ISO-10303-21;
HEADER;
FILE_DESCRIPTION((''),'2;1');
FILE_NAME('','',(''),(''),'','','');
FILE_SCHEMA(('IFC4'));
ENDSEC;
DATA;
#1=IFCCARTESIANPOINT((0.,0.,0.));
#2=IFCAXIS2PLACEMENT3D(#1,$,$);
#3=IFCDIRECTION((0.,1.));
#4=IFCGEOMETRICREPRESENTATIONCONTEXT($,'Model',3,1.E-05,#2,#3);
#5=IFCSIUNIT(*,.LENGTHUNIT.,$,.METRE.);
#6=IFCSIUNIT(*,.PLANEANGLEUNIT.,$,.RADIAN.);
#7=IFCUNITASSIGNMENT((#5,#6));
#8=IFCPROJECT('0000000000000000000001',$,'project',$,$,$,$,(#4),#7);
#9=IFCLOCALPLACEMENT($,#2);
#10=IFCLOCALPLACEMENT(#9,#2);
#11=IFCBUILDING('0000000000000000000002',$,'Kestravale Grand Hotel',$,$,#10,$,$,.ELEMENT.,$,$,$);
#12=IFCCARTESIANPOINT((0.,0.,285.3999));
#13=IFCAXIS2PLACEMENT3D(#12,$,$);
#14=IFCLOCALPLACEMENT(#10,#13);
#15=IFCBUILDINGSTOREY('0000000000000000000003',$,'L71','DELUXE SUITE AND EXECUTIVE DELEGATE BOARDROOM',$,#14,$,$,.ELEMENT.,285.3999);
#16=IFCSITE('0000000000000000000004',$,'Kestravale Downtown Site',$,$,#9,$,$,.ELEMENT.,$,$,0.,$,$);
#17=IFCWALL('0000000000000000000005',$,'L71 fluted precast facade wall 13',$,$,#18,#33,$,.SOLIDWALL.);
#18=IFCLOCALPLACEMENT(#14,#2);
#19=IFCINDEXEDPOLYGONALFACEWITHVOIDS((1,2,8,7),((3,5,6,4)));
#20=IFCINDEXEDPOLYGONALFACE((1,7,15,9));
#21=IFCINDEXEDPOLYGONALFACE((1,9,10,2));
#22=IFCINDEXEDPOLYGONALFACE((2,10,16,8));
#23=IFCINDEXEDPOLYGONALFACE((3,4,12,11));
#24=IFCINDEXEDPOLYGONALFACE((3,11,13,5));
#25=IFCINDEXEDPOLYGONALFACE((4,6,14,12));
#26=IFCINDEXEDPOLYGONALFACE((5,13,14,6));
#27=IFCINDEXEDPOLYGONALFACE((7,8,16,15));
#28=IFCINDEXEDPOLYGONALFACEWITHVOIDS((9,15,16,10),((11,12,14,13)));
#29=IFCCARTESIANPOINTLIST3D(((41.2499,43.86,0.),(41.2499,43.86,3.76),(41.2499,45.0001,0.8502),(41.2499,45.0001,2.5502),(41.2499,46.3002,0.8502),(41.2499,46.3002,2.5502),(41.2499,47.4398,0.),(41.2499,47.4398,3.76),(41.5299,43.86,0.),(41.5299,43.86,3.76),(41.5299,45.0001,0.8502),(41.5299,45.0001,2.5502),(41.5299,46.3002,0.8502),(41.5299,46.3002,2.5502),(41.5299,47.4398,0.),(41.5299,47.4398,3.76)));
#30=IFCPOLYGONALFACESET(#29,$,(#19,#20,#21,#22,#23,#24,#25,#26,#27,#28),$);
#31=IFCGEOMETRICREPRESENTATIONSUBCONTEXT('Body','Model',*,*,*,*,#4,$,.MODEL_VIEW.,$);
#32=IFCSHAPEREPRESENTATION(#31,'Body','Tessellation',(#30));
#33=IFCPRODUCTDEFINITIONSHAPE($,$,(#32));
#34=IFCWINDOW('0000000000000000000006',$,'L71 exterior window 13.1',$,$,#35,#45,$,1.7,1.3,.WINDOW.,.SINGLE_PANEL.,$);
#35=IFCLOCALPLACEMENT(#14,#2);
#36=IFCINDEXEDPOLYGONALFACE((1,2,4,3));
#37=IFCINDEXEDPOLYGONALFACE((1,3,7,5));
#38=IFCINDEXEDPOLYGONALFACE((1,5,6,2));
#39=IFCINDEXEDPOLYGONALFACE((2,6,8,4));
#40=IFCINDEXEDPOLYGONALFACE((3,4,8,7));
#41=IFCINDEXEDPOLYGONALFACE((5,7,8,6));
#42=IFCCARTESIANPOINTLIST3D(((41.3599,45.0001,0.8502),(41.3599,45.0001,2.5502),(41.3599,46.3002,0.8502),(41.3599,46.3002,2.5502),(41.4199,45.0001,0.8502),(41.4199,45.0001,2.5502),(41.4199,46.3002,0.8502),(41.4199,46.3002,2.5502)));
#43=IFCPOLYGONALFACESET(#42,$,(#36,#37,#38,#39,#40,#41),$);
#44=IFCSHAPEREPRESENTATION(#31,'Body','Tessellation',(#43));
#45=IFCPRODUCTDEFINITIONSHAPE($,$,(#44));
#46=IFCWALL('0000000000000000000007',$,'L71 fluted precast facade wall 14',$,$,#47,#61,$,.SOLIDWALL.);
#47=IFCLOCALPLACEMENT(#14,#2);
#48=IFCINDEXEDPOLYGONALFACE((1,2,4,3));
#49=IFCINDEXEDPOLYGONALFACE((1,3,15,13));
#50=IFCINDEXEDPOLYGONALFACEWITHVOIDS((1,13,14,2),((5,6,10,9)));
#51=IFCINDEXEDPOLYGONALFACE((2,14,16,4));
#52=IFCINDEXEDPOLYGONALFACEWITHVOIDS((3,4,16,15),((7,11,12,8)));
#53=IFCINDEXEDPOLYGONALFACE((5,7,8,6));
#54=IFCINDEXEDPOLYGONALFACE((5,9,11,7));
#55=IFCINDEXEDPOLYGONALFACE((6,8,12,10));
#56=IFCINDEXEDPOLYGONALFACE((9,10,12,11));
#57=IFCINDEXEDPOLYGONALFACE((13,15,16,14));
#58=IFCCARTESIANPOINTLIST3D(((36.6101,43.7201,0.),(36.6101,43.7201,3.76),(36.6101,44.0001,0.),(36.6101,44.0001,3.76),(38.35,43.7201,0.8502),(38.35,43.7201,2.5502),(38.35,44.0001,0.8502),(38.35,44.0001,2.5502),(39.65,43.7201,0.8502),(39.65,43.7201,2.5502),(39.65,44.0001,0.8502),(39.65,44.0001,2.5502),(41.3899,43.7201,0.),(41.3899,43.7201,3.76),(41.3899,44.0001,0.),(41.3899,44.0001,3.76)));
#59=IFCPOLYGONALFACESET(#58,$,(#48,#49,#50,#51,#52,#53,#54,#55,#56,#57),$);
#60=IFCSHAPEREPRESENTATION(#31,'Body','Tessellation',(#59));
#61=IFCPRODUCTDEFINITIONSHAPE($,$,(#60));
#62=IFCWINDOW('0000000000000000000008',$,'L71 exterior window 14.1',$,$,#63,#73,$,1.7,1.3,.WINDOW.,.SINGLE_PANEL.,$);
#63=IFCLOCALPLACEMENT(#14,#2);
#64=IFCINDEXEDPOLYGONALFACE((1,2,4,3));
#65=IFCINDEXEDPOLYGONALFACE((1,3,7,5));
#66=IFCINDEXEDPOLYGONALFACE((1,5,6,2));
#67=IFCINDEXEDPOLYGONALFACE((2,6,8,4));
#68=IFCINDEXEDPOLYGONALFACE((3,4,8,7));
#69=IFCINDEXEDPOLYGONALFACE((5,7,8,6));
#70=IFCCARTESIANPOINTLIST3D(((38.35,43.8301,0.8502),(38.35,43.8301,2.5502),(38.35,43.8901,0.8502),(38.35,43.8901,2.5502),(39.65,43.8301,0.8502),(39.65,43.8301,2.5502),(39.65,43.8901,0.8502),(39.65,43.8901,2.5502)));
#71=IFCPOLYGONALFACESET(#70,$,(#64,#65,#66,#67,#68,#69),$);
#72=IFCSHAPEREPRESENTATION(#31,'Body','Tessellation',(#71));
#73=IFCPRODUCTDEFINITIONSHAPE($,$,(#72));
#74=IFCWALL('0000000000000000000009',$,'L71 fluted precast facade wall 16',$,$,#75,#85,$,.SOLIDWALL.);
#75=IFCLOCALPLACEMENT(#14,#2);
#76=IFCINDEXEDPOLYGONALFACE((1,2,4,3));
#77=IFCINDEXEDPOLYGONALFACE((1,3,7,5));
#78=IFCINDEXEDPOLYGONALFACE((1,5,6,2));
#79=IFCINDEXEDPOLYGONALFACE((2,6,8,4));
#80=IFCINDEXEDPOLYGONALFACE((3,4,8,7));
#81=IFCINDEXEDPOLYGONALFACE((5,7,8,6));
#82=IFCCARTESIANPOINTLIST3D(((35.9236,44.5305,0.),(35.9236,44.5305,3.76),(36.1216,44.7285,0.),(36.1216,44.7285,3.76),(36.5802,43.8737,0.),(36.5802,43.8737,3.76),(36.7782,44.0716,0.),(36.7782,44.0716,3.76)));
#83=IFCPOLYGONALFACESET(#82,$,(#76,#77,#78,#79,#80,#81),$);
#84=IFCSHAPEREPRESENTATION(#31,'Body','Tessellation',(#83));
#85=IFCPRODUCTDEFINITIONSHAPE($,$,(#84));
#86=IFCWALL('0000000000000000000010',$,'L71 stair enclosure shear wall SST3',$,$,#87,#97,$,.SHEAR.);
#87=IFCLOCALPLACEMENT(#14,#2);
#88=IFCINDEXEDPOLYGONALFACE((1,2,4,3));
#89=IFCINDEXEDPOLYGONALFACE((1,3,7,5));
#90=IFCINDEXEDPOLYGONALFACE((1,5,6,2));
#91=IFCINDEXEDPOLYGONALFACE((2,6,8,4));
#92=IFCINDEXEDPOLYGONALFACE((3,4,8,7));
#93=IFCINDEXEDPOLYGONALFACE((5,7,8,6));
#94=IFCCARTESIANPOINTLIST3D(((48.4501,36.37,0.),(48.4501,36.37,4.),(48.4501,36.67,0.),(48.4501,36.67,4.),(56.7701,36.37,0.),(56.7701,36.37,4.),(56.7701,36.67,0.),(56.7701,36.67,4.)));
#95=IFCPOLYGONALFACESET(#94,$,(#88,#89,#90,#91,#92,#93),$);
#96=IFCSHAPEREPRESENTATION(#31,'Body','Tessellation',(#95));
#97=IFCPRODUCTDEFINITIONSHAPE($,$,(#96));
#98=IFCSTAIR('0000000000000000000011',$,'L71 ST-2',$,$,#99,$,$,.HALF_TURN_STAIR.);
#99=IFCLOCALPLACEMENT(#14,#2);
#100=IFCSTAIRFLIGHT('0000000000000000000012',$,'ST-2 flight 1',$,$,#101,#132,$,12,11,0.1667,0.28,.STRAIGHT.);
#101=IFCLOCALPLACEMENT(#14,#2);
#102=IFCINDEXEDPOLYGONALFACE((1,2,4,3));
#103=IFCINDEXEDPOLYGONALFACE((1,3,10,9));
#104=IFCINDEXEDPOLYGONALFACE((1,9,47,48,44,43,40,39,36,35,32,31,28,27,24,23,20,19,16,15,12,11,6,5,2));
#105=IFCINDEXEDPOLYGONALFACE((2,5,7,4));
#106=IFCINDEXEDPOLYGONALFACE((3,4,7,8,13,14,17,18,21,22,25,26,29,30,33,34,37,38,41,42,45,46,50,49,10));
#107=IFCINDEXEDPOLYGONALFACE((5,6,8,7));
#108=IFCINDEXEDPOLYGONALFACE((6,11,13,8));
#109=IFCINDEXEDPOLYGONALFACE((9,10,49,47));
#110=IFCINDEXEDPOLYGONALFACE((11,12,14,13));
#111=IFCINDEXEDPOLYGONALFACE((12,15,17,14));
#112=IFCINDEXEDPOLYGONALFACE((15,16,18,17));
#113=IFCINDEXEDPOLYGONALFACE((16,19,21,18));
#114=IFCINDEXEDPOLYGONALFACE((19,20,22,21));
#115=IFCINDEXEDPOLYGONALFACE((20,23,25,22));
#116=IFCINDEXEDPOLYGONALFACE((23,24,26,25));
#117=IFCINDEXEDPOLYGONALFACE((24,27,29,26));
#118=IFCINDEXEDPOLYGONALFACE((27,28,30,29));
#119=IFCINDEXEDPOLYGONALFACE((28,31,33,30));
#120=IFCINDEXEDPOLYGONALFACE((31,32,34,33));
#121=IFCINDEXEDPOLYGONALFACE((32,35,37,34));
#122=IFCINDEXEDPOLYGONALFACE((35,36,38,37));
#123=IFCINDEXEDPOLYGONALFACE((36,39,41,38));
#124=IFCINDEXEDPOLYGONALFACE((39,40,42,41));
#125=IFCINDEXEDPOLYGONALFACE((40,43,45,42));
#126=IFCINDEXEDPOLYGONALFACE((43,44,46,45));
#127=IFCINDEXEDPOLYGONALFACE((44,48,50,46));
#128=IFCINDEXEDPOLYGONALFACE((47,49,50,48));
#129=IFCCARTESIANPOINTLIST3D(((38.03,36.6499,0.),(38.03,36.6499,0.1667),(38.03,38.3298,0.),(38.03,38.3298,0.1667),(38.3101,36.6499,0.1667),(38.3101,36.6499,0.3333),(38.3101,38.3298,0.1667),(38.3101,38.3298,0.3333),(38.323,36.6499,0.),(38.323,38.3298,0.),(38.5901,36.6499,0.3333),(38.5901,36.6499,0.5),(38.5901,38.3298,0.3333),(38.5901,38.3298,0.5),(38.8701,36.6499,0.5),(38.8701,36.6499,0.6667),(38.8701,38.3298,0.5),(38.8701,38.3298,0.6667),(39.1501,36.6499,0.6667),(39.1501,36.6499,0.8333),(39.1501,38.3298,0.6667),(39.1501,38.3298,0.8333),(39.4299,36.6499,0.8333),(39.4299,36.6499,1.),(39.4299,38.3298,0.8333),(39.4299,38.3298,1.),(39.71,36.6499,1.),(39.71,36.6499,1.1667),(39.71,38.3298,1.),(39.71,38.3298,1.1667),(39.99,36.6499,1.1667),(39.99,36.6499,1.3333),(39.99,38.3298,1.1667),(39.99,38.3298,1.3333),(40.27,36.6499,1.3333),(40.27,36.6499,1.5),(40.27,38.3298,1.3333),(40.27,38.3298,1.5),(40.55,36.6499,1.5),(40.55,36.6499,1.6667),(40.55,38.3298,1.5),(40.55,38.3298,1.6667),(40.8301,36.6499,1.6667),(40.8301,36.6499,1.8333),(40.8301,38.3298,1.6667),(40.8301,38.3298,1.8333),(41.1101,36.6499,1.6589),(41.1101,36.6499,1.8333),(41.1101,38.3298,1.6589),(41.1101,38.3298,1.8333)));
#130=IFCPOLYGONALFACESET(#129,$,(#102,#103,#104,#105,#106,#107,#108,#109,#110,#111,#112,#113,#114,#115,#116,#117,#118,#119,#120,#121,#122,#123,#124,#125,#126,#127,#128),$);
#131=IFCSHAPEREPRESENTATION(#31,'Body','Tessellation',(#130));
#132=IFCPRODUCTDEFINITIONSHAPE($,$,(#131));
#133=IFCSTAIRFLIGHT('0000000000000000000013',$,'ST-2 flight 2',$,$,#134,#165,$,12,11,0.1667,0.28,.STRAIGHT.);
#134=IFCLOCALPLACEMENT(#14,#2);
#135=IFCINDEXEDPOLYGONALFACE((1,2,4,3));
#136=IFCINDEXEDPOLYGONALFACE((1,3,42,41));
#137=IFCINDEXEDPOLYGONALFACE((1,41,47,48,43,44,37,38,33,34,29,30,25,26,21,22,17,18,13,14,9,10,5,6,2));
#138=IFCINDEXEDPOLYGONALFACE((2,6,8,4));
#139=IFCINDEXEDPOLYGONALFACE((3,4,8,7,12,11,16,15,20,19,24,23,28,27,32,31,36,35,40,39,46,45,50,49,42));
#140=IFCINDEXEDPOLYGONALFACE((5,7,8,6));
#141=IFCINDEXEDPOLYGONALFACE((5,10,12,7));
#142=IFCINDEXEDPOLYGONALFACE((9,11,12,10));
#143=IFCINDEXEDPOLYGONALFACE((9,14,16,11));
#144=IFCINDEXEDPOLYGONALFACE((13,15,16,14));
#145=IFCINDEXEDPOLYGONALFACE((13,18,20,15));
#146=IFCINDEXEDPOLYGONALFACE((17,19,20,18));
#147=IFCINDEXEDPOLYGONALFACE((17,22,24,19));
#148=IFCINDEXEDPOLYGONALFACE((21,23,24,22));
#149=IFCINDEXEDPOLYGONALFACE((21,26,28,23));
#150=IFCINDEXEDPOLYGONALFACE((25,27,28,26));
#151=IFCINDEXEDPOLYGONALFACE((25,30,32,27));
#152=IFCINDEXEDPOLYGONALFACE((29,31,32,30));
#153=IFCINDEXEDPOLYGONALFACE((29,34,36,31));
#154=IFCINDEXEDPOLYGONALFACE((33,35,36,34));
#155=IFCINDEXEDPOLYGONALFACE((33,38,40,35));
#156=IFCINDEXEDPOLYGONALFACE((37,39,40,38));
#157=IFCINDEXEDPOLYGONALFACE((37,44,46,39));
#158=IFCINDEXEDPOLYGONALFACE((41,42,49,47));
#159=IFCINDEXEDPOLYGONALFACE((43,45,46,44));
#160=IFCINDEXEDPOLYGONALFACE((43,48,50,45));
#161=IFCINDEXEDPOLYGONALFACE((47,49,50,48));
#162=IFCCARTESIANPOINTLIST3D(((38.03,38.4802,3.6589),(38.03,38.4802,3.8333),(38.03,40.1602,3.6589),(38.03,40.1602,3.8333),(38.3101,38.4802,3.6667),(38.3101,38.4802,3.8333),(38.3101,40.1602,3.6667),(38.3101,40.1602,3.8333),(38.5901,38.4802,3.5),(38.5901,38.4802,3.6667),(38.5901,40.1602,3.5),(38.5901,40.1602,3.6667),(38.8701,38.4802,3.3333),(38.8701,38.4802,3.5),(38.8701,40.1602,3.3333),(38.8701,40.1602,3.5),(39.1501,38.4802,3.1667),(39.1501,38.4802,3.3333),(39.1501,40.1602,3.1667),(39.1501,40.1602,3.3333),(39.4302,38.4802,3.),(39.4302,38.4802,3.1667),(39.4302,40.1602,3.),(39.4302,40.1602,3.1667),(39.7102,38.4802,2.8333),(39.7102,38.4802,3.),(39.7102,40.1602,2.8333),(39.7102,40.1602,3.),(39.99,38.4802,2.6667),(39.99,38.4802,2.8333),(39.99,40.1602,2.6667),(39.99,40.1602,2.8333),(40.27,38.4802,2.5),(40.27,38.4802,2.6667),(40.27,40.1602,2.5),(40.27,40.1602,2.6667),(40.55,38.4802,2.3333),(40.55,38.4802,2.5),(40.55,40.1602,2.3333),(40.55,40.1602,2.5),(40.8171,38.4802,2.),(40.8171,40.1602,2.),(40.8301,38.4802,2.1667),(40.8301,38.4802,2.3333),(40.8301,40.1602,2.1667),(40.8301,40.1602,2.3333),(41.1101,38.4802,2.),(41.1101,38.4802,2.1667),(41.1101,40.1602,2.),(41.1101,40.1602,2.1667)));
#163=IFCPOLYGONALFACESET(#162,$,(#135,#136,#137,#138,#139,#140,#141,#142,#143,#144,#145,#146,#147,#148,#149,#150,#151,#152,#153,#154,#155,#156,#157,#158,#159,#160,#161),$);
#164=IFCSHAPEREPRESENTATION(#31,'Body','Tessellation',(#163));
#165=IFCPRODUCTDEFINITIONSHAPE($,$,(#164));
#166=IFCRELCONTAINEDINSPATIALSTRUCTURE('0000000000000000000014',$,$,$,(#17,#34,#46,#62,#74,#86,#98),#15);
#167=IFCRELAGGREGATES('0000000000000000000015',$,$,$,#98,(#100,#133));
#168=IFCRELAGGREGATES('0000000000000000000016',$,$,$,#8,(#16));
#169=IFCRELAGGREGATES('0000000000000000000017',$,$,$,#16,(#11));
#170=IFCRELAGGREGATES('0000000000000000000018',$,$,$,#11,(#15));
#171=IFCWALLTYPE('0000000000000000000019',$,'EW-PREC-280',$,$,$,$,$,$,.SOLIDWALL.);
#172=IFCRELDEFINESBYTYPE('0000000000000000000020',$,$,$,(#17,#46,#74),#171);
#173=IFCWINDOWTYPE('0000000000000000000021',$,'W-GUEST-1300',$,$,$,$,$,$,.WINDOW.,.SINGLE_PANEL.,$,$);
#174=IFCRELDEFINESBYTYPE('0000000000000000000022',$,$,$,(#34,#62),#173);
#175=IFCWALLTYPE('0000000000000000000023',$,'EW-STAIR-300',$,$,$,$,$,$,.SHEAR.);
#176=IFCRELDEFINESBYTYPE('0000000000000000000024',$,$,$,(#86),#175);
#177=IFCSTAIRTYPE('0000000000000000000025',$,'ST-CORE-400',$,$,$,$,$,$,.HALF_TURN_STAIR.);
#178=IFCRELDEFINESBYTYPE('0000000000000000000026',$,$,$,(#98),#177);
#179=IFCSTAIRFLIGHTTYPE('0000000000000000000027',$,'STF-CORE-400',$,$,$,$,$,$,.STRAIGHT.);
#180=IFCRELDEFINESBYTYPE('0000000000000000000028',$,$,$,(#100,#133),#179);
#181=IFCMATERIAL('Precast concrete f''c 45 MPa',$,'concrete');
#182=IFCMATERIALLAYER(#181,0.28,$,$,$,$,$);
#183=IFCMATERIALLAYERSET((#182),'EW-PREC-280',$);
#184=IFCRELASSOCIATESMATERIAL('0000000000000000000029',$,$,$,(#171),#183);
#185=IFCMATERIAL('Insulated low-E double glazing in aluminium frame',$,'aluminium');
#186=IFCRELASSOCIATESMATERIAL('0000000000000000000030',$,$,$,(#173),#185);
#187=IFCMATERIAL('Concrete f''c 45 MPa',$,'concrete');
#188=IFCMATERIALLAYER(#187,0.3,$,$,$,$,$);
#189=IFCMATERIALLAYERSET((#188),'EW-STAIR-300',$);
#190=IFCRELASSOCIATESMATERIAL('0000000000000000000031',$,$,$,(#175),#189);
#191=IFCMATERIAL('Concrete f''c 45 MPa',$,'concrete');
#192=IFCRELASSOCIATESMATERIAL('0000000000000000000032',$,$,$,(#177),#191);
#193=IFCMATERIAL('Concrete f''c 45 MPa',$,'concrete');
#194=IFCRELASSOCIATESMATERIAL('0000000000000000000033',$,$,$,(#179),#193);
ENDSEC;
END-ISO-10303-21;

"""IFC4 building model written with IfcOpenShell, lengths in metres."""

from ifc_helpers import new_model, si_unit, direction, frame, frame_2d, origin, place, context, subcontext, project, spatial, polyline, rectangle, outline, extrude, material, layer, layer_set, type_object, element, fill, aggregate, save


model = new_model("IFC4")

# Units and contexts
model_context = context("Model", 3, precision=1e-05, world=origin(), true_north=direction((0.0, 1.0)))
body_context = subcontext(model_context, "Body", "Model", "MODEL_VIEW")
ifc_project = project(units=[si_unit("LENGTHUNIT", "METRE"), si_unit("PLANEANGLEUNIT", "RADIAN")], contexts=[model_context])

# Site, building, storey
site_placement = place(None, origin())
site = spatial("IfcSite", under=ifc_project, at=site_placement, Name="Kestravale Downtown Site", CompositionType="ELEMENT", RefElevation=0.0)
building_placement = place(site_placement, origin())
building = spatial("IfcBuilding", under=site, at=building_placement, Name="Kestravale Grand Hotel", CompositionType="ELEMENT")
storey_placement = place(building_placement, frame((0.0, 0.0, 285.3999)))
storey = spatial("IfcBuildingStorey", under=building, at=storey_placement, Name="L71", Description="DELUXE SUITE AND EXECUTIVE DELEGATE BOARDROOM", CompositionType="ELEMENT", Elevation=285.3999)

# Shared definitions
ifc_material_1 = material(Name="Precast concrete f'c 45 MPa", Category="concrete")
ifc_layer_1 = layer(ifc_material_1, 0.28)
ifc_layer_set_1 = layer_set([ifc_layer_1], Name="EW-PREC-280")
wall_type_1 = type_object("IfcWallType", Name="EW-PREC-280", PredefinedType="SOLIDWALL", material=ifc_layer_set_1)

# Walls, openings, windows
wall_1_placement = place(storey_placement, frame((41.3899, 47.4399, 0.0), z_axis=(0.0, 0.0, 1.0), x_axis=(0.0, -1.0, 0.0)))
wall_1 = element("IfcWall", 1, at=wall_1_placement, inside=storey, type_object=wall_type_1, Name="L71 fluted precast facade wall 13", PredefinedType="SOLIDWALL", context=body_context, shape_type="SweptSolid", body=[
    extrude(rectangle(XDim=3.5798, YDim=0.28, at=frame_2d((1.79, 0.0))), origin(), (0.0, 0.0, 1.0), 3.76),
])
opening_1_placement = place(wall_1_placement, frame((1.1399, 0.0, 0.8501)))
opening_1 = element("IfcOpeningElement", 2, at=opening_1_placement, cuts=wall_1, PredefinedType="OPENING", context=body_context, shape_type="SweptSolid", body=[
    extrude(rectangle(XDim=1.3, YDim=1.7, at=frame_2d((0.6499, 0.8501))), frame((0.0, 0.1499, 0.0), z_axis=(0.0, -1.0, 0.0), x_axis=(1.0, 0.0, 0.0)), (0.0, 0.0, 1.0), 0.3),
])
ifc_material_2 = material(Name="Insulated low-E double glazing in aluminium frame", Category="aluminium")
window_type = type_object("IfcWindowType", Name="W-GUEST-1300", PartitioningType="SINGLE_PANEL", PredefinedType="WINDOW", material=ifc_material_2)
window_1_placement = place(opening_1_placement, origin())
window_1 = element("IfcWindow", 3, at=window_1_placement, inside=storey, type_object=window_type, Name="L71 exterior window 13.1", OverallHeight=1.7, OverallWidth=1.3, PartitioningType="SINGLE_PANEL", PredefinedType="WINDOW", context=body_context, shape_type="SweptSolid", body=[
    extrude(rectangle(XDim=1.3, YDim=1.7, at=frame_2d((0.6499, 0.8501))), frame((0.0, 0.03, 0.0), z_axis=(0.0, -1.0, 0.0), x_axis=(1.0, 0.0, 0.0)), (0.0, 0.0, 1.0), 0.0601),
])
fill(opening_1, window_1)
wall_2_placement = place(storey_placement, frame((41.3899, 43.8601, 0.0), z_axis=(0.0, 0.0, 1.0), x_axis=(-1.0, 0.0, 0.0)))
wall_2 = element("IfcWall", 4, at=wall_2_placement, inside=storey, type_object=wall_type_1, Name="L71 fluted precast facade wall 14", PredefinedType="SOLIDWALL", context=body_context, shape_type="SweptSolid", body=[
    extrude(rectangle(XDim=4.7798, YDim=0.28, at=frame_2d((2.3899, 0.0))), origin(), (0.0, 0.0, 1.0), 3.76),
])
opening_2_placement = place(wall_2_placement, frame((1.74, 0.0, 0.8501)))
opening_2 = element("IfcOpeningElement", 5, at=opening_2_placement, cuts=wall_2, PredefinedType="OPENING", context=body_context, shape_type="SweptSolid", body=[
    extrude(rectangle(XDim=1.3, YDim=1.7, at=frame_2d((0.6499, 0.8501))), frame((0.0, 0.1499, 0.0), z_axis=(0.0, -1.0, 0.0), x_axis=(1.0, 0.0, 0.0)), (0.0, 0.0, 1.0), 0.3),
])
window_2_placement = place(opening_2_placement, origin())
window_2 = element("IfcWindow", 6, at=window_2_placement, inside=storey, type_object=window_type, Name="L71 exterior window 14.1", OverallHeight=1.7, OverallWidth=1.3, PartitioningType="SINGLE_PANEL", PredefinedType="WINDOW", context=body_context, shape_type="SweptSolid", body=[
    extrude(rectangle(XDim=1.3, YDim=1.7, at=frame_2d((0.6499, 0.8501))), frame((0.0, 0.03, 0.0), z_axis=(0.0, -1.0, 0.0), x_axis=(1.0, 0.0, 0.0)), (0.0, 0.0, 1.0), 0.0601),
])
fill(opening_2, window_2)

# Walls
wall_3_placement = place(storey_placement, frame((36.6792, 43.9727, 0.0), z_axis=(0.0, 0.0, 1.0), x_axis=(-0.706975, 0.707238, 0.0)))
element("IfcWall", 7, at=wall_3_placement, inside=storey, type_object=wall_type_1, Name="L71 fluted precast facade wall 16", PredefinedType="SOLIDWALL", context=body_context, shape_type="SweptSolid", body=[
    extrude(rectangle(XDim=0.9287, YDim=0.28, at=frame_2d((0.4644, 0.0))), origin(), (0.0, 0.0, 1.0), 3.76),
])
ifc_material_3 = material(Name="Concrete f'c 45 MPa", Category="concrete")
ifc_layer_2 = layer(ifc_material_3, 0.3)
ifc_layer_set_2 = layer_set([ifc_layer_2], Name="EW-STAIR-300")
wall_type_2 = type_object("IfcWallType", Name="EW-STAIR-300", PredefinedType="SHEAR", material=ifc_layer_set_2)
wall_4_placement = place(storey_placement, frame((48.45, 36.52, 0.0), z_axis=(0.0, 0.0, 1.0), x_axis=(1.0, 0.0, 0.0)))
element("IfcWall", 8, at=wall_4_placement, inside=storey, type_object=wall_type_2, Name="L71 stair enclosure shear wall SST3", PredefinedType="SHEAR", context=body_context, shape_type="SweptSolid", body=[
    extrude(rectangle(XDim=8.3201, YDim=0.3, at=frame_2d((4.1602, 0.0))), origin(), (0.0, 0.0, 1.0), 4.0),
])

# Stair, stair flights
ifc_material_4 = material(Name="Concrete f'c 45 MPa", Category="concrete")
stair_type = type_object("IfcStairType", Name="ST-CORE-400", PredefinedType="HALF_TURN_STAIR", material=ifc_material_4)
stair_placement = place(storey_placement, origin())
stair = element("IfcStair", 9, at=stair_placement, inside=storey, type_object=stair_type, Name="L71 ST-2", PredefinedType="HALF_TURN_STAIR")
ifc_material_5 = material(Name="Concrete f'c 45 MPa", Category="concrete")
stair_flight_type = type_object("IfcStairFlightType", Name="STF-CORE-400", PredefinedType="STRAIGHT", material=ifc_material_5)
stair_flight_1_placement = place(storey_placement, frame((38.03, 37.49, 0.0), z_axis=(0.0, 0.0, 1.0), x_axis=(1.0, 0.0, 0.0)))
stair_flight_1 = element("IfcStairFlight", 10, at=stair_flight_1_placement, type_object=stair_flight_type, Name="ST-2 flight 1", NumberOfRisers=12, NumberOfTreads=11, PredefinedType="STRAIGHT", RiserHeight=0.1667, TreadLength=0.28, context=body_context, shape_type="SweptSolid", body=[
    extrude(outline(polyline([(0.0, 0.0), (0.0, 0.1667), (0.28, 0.1667), (0.28, 0.3333), (0.5601, 0.3333), (0.5601, 0.5), (0.8401, 0.5), (0.8401, 0.6667), (1.1201, 0.6667), (1.1201, 0.8333), (1.3999, 0.8333), (1.3999, 1.0), (1.6799, 1.0), (1.6799, 1.1667), (1.96, 1.1667), (1.96, 1.3333), (2.24, 1.3333), (2.24, 1.5), (2.52, 1.5), (2.52, 1.6667), (2.8, 1.6667), (2.8, 1.8333), (3.0801, 1.8333), (3.0801, 2.0), (3.0801, 1.6589), (0.293, 0.0), (0.0, 0.0)])), frame((0.0, 0.8398, 0.0), z_axis=(0.0, -1.0, 0.0), x_axis=(1.0, 0.0, 0.0)), (0.0, 0.0, 1.0), 1.6799),
])
stair_flight_2_placement = place(storey_placement, frame((41.1101, 39.3201, 2.0), z_axis=(0.0, 0.0, 1.0), x_axis=(-1.0, 0.0, 0.0)))
stair_flight_2 = element("IfcStairFlight", 11, at=stair_flight_2_placement, type_object=stair_flight_type, Name="ST-2 flight 2", NumberOfRisers=12, NumberOfTreads=11, PredefinedType="STRAIGHT", RiserHeight=0.1667, TreadLength=0.28, context=body_context, shape_type="SweptSolid", body=[
    extrude(outline(polyline([(0.0, 0.0), (0.0, 0.1667), (0.28, 0.1667), (0.28, 0.3333), (0.5601, 0.3333), (0.5601, 0.5), (0.8401, 0.5), (0.8401, 0.6667), (1.1201, 0.6667), (1.1201, 0.8333), (1.3999, 0.8333), (1.3999, 1.0), (1.6799, 1.0), (1.6799, 1.1667), (1.96, 1.1667), (1.96, 1.3333), (2.24, 1.3333), (2.24, 1.5), (2.52, 1.5), (2.52, 1.6667), (2.8, 1.6667), (2.8, 1.8333), (3.0801, 1.8333), (3.0801, 2.0), (3.0801, 1.6589), (0.293, 0.0), (0.0, 0.0)])), frame((0.0, 0.8398, 0.0), z_axis=(0.0, -1.0, 0.0), x_axis=(1.0, 0.0, 0.0)), (0.0, 0.0, 1.0), 1.6799),
])
aggregate(stair, [stair_flight_1, stair_flight_2])

save(model, "model.ifc")
